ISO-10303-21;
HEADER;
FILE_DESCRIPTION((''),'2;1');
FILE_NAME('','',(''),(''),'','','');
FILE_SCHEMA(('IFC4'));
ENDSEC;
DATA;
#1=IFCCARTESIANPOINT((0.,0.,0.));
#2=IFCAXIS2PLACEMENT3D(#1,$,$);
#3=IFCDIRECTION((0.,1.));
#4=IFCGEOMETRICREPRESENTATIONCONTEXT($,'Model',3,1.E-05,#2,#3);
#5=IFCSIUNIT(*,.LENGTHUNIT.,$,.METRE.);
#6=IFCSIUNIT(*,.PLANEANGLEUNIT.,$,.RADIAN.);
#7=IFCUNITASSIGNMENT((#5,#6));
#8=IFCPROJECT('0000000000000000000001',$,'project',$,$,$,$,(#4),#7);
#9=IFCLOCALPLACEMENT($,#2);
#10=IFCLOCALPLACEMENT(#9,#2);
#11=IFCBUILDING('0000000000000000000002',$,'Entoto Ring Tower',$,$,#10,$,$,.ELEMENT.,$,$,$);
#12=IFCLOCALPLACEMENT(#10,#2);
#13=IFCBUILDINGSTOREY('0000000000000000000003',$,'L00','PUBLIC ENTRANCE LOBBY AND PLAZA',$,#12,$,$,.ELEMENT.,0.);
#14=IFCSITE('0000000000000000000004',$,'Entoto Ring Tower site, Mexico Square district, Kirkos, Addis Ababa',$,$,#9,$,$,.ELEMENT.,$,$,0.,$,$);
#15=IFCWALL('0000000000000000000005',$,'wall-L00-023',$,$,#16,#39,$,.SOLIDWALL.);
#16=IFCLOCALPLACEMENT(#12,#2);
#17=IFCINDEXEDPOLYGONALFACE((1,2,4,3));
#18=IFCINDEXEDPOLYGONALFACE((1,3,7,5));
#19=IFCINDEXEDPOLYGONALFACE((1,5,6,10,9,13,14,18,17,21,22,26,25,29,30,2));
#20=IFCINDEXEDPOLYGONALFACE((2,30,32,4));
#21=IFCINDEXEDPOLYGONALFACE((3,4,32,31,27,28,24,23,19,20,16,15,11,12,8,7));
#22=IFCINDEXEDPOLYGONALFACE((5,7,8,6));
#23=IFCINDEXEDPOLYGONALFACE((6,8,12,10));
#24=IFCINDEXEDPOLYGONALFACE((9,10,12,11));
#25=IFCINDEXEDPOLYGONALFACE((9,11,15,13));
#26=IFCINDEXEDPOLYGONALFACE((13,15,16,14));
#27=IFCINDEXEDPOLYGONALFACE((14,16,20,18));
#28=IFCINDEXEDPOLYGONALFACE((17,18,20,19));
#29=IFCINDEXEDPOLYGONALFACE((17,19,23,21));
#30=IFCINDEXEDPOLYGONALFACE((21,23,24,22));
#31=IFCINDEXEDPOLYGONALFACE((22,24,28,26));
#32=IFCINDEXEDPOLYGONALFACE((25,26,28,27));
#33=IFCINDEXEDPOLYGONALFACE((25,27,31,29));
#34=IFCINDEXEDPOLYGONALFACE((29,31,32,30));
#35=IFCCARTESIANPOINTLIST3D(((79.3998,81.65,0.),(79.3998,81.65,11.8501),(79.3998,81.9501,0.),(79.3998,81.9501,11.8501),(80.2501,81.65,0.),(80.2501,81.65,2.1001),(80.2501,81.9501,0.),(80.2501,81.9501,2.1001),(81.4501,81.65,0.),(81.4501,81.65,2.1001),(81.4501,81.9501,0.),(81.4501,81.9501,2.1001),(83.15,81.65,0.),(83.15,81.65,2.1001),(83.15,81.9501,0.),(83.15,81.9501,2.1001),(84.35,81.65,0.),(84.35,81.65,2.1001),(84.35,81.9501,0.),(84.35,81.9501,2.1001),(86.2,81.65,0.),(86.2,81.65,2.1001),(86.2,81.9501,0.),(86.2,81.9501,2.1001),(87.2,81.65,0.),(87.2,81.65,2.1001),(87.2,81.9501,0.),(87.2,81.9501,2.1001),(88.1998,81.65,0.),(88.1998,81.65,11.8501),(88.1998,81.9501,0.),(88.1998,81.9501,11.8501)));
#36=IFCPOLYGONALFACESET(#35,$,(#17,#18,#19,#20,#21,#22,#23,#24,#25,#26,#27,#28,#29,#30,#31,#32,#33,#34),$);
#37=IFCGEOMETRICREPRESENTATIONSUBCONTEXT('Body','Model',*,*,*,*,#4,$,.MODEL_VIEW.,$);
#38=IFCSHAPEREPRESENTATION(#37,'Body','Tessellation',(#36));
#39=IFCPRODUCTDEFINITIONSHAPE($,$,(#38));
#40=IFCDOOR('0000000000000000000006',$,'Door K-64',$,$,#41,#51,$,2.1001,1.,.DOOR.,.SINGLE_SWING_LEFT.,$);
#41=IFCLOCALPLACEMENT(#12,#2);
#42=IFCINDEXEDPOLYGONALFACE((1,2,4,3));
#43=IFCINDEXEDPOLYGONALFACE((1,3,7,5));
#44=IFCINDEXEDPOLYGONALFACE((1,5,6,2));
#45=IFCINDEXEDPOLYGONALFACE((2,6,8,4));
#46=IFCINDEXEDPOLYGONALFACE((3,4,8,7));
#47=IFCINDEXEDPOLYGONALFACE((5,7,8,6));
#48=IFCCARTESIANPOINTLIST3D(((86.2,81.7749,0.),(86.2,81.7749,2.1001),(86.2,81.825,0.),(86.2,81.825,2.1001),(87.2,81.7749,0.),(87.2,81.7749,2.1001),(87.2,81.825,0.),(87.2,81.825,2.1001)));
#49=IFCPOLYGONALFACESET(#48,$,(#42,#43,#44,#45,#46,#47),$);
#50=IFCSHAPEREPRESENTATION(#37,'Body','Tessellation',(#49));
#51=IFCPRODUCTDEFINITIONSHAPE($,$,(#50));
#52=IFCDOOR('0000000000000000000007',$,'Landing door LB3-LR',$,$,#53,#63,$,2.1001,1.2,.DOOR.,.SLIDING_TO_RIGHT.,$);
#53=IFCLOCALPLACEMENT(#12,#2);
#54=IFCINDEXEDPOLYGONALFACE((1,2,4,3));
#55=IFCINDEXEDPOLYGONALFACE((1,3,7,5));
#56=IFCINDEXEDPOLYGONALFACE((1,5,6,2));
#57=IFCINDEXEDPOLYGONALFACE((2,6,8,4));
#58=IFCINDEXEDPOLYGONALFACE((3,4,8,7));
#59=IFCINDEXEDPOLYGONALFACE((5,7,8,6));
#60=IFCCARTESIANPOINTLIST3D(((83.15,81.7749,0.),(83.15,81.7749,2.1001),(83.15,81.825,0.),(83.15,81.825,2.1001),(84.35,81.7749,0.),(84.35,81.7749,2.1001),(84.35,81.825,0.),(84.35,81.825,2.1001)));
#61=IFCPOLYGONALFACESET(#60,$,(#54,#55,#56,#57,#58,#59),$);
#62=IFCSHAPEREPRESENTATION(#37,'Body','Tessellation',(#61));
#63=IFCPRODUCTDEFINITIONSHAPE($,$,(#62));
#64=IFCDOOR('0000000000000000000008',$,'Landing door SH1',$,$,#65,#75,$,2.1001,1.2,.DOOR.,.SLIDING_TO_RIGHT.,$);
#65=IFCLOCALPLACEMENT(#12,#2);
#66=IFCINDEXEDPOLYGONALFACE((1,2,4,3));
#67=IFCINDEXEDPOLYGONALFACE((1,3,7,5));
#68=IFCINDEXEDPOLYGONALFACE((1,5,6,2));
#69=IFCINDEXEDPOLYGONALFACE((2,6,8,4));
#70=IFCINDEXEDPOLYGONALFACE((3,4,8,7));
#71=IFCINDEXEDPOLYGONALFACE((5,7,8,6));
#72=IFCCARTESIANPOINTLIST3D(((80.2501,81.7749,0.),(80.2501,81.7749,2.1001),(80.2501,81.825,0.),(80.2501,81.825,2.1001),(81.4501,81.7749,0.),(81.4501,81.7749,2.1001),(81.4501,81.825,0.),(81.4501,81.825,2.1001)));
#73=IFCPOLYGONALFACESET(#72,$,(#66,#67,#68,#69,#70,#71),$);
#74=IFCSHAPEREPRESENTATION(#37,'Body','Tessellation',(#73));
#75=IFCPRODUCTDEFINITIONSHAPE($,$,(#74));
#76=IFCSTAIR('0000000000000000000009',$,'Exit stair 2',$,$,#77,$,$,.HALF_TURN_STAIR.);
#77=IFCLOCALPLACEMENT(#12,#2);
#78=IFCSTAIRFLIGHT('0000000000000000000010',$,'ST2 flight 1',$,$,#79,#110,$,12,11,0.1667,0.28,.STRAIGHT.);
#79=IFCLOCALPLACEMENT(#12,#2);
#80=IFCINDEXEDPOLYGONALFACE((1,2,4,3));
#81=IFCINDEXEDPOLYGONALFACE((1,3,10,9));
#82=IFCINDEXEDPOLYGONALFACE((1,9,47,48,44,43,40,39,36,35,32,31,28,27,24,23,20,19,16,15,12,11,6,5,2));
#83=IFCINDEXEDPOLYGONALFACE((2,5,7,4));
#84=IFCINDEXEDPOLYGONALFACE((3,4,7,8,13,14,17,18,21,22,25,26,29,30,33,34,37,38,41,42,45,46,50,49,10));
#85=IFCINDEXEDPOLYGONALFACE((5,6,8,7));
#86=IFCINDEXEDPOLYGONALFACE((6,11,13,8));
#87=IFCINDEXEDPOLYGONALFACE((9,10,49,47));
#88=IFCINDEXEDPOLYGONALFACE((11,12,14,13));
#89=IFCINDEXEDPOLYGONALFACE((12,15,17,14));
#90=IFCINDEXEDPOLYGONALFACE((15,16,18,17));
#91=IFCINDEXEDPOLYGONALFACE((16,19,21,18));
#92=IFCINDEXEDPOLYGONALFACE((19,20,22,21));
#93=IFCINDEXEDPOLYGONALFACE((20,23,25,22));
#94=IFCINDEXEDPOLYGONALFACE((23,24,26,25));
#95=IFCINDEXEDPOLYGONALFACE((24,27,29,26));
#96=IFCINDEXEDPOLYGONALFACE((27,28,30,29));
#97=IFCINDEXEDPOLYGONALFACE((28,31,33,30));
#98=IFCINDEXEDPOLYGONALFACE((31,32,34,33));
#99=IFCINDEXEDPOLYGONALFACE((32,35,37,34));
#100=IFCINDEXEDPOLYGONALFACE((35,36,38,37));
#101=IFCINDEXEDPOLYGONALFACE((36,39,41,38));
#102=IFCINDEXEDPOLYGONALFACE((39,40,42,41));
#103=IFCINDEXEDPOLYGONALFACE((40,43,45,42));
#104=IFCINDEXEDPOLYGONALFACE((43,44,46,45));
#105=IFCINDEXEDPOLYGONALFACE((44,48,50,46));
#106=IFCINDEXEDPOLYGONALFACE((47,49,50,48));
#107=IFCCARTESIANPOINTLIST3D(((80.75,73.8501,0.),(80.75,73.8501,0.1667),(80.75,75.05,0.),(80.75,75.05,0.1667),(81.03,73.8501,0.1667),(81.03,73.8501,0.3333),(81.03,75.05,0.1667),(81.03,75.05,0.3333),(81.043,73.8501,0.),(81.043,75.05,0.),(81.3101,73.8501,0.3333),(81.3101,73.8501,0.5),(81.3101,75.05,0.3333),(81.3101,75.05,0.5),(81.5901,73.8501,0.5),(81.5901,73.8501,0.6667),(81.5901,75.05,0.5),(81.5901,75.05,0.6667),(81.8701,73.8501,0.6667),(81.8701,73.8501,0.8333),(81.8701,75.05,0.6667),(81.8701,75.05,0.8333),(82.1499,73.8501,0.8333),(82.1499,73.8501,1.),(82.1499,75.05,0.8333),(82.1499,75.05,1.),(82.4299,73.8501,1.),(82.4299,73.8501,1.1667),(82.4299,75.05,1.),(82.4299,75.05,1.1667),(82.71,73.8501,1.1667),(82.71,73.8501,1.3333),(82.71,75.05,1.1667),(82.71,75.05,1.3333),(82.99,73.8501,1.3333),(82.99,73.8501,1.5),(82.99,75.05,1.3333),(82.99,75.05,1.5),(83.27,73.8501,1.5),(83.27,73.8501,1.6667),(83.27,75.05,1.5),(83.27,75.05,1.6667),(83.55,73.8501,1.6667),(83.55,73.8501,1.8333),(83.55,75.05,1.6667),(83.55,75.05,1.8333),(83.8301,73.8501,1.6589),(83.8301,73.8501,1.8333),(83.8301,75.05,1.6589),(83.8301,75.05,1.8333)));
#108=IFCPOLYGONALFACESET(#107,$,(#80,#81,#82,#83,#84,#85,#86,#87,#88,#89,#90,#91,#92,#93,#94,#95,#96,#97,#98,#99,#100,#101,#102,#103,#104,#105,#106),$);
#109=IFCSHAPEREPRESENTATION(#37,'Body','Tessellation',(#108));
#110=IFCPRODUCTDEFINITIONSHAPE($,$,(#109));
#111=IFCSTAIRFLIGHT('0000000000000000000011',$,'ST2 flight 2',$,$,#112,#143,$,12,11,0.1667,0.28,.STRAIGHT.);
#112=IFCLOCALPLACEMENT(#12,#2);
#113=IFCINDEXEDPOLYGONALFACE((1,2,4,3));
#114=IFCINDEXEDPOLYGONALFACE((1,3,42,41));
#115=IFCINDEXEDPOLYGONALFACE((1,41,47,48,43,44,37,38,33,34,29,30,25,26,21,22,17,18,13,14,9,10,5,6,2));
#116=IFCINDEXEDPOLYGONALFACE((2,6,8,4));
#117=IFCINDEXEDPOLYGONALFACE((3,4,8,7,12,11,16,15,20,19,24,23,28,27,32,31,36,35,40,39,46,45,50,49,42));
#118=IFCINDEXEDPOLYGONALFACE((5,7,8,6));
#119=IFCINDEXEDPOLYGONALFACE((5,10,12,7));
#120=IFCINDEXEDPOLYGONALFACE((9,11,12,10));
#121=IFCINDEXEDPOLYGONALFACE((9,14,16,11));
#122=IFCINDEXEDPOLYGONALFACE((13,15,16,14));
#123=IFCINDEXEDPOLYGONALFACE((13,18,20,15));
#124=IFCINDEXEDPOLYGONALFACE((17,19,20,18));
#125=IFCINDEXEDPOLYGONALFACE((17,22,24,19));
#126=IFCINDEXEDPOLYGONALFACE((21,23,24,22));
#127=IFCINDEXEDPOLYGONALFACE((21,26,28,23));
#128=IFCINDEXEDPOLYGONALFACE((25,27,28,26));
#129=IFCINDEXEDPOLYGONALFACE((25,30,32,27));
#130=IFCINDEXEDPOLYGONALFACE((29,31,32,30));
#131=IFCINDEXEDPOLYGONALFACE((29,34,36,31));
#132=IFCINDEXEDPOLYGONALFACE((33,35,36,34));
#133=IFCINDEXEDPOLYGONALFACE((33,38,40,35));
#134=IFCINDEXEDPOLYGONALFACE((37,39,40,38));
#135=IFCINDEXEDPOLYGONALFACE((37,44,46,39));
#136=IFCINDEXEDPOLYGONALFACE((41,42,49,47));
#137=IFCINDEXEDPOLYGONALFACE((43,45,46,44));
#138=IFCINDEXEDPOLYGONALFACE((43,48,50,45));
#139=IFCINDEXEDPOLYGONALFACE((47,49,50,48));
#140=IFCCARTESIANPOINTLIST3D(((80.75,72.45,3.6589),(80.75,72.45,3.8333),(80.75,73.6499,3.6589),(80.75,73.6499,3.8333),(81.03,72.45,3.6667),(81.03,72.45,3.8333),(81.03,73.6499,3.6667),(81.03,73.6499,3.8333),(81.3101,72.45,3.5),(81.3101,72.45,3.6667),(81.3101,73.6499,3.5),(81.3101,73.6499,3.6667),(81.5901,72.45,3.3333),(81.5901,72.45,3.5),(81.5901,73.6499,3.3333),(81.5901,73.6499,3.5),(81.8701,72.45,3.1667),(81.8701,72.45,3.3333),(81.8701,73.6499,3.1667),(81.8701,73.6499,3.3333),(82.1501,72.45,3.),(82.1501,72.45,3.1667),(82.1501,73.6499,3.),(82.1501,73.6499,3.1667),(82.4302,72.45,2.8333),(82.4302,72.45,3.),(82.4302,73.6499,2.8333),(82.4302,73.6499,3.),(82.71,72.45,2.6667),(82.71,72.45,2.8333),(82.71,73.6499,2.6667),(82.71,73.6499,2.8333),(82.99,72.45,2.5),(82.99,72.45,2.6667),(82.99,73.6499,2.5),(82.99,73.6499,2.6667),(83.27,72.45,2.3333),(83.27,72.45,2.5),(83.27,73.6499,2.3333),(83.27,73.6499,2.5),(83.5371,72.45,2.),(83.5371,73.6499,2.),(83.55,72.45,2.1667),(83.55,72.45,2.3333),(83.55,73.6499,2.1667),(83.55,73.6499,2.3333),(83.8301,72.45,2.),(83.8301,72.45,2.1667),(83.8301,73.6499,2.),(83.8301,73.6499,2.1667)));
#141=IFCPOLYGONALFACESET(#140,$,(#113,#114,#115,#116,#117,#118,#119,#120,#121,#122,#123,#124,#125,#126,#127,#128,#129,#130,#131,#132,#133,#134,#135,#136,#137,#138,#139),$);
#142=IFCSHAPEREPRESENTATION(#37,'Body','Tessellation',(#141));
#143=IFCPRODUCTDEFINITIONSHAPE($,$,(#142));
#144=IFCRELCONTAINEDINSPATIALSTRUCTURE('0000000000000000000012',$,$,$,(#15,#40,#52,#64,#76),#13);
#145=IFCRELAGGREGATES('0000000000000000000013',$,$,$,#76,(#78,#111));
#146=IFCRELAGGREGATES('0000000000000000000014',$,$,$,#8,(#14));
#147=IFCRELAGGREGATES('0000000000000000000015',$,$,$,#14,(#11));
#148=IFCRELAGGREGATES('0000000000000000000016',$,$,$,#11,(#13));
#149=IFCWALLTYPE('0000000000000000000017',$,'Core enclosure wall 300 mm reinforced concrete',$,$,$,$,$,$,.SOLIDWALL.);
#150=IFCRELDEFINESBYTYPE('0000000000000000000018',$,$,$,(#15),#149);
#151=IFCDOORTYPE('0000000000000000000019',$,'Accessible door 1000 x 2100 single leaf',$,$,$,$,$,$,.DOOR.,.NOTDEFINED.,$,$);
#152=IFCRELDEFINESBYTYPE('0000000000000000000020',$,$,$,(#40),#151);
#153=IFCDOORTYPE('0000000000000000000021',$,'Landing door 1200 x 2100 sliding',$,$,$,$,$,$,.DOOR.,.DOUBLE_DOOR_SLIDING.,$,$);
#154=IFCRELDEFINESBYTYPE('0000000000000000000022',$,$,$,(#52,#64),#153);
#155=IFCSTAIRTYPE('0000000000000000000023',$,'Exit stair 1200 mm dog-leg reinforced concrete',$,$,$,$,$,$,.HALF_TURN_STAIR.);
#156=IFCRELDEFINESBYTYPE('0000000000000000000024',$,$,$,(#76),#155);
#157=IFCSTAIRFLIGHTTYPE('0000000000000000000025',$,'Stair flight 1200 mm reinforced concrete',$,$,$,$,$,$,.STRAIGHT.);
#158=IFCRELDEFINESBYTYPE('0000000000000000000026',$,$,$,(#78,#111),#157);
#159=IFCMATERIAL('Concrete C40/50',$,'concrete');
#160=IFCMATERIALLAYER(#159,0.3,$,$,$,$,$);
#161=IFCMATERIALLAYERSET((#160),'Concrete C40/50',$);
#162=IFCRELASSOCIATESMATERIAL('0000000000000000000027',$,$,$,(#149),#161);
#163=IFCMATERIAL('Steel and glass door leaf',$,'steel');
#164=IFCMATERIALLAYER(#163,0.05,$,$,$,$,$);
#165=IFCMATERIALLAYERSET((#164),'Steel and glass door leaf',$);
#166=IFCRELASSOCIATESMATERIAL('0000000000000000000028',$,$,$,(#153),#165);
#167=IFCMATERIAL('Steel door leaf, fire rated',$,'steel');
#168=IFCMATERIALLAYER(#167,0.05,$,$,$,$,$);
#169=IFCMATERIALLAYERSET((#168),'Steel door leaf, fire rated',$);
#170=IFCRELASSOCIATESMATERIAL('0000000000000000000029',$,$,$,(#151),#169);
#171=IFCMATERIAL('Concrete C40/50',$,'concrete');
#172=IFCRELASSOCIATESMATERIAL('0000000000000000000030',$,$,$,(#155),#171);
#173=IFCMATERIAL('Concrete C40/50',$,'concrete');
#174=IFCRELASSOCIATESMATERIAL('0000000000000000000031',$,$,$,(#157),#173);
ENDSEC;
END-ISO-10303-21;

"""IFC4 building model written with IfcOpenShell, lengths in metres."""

from ifc_helpers import new_model, si_unit, direction, frame, frame_2d, origin, place, context, subcontext, project, spatial, polyline, rectangle, outline, extrude, material, layer, layer_set, type_object, element, fill, aggregate, save


model = new_model("IFC4")

# Units and contexts
model_context = context("Model", 3, precision=1e-05, world=origin(), true_north=direction((0.0, 1.0)))
body_context = subcontext(model_context, "Body", "Model", "MODEL_VIEW")
ifc_project = project(units=[si_unit("LENGTHUNIT", "METRE"), si_unit("PLANEANGLEUNIT", "RADIAN")], contexts=[model_context])

# Site, building, storey
site_placement = place(None, origin())
site = spatial("IfcSite", under=ifc_project, at=site_placement, Name="Entoto Ring Tower site, Mexico Square district, Kirkos, Addis Ababa", CompositionType="ELEMENT", RefElevation=0.0)
building_placement = place(site_placement, origin())
building = spatial("IfcBuilding", under=site, at=building_placement, Name="Entoto Ring Tower", CompositionType="ELEMENT")
storey_placement = place(building_placement, origin())
storey = spatial("IfcBuildingStorey", under=building, at=storey_placement, Name="L00", Description="PUBLIC ENTRANCE LOBBY AND PLAZA", CompositionType="ELEMENT", Elevation=0.0)

# Shared definitions
ifc_material_1 = material(Name="Concrete C40/50", Category="concrete")
ifc_layer_1 = layer(ifc_material_1, 0.3)
ifc_layer_set_1 = layer_set([ifc_layer_1], Name="Concrete C40/50")
wall_type = type_object("IfcWallType", Name="Core enclosure wall 300 mm reinforced concrete", PredefinedType="SOLIDWALL", material=ifc_layer_set_1)

# Wall, openings, doors
ifc_material_2 = material(Name="Steel and glass door leaf", Category="steel")
ifc_layer_2 = layer(ifc_material_2, 0.05)
ifc_layer_set_2 = layer_set([ifc_layer_2], Name="Steel and glass door leaf")
door_type_1 = type_object("IfcDoorType", Name="Landing door 1200 x 2100 sliding", OperationType="DOUBLE_DOOR_SLIDING", PredefinedType="DOOR", material=ifc_layer_set_2)
wall_1_placement = place(storey_placement, frame((79.3999, 81.8, 0.0), z_axis=(0.0, 0.0, 1.0), x_axis=(1.0, 0.0, 0.0)))
wall_1 = element("IfcWall", 1, at=wall_1_placement, inside=storey, type_object=wall_type, Name="wall-L00-023", PredefinedType="SOLIDWALL", context=body_context, shape_type="SweptSolid", body=[
    extrude(rectangle(XDim=8.8, YDim=0.3, at=frame_2d((4.3999, 0.0))), origin(), (0.0, 0.0, 1.0), 11.8501),
])
opening_1_placement = place(wall_1_placement, frame((3.75, 0.0, 0.0)))
opening_1 = element("IfcOpeningElement", 2, at=opening_1_placement, cuts=wall_1, PredefinedType="OPENING", context=body_context, shape_type="SweptSolid", body=[
    extrude(rectangle(XDim=1.2, YDim=2.1001, at=frame_2d((0.6001, 1.05))), frame((0.0, 0.1602, 0.0), z_axis=(0.0, -1.0, 0.0), x_axis=(1.0, 0.0, 0.0)), (0.0, 0.0, 1.0), 0.3201),
])
opening_2_placement = place(wall_1_placement, frame((0.8501, 0.0, 0.0)))
opening_2 = element("IfcOpeningElement", 3, at=opening_2_placement, cuts=wall_1, PredefinedType="OPENING", context=body_context, shape_type="SweptSolid", body=[
    extrude(rectangle(XDim=1.2, YDim=2.1001, at=frame_2d((0.6001, 1.05))), frame((0.0, 0.1602, 0.0), z_axis=(0.0, -1.0, 0.0), x_axis=(1.0, 0.0, 0.0)), (0.0, 0.0, 1.0), 0.3201),
])
opening_3_placement = place(wall_1_placement, frame((6.8, 0.0, 0.0)))
opening_3 = element("IfcOpeningElement", 4, at=opening_3_placement, cuts=wall_1, PredefinedType="OPENING", context=body_context, shape_type="SweptSolid", body=[
    extrude(rectangle(XDim=1.0, YDim=2.1001, at=frame_2d((0.5, 1.05))), frame((0.0, 0.1602, 0.0), z_axis=(0.0, -1.0, 0.0), x_axis=(1.0, 0.0, 0.0)), (0.0, 0.0, 1.0), 0.3201),
])
ifc_material_3 = material(Name="Steel door leaf, fire rated", Category="steel")
ifc_layer_3 = layer(ifc_material_3, 0.05)
ifc_layer_set_3 = layer_set([ifc_layer_3], Name="Steel door leaf, fire rated")
door_type_2 = type_object("IfcDoorType", Name="Accessible door 1000 x 2100 single leaf", OperationType="NOTDEFINED", PredefinedType="DOOR", material=ifc_layer_set_3)
door_1_placement = place(opening_3_placement, origin())
door_1 = element("IfcDoor", 5, at=door_1_placement, inside=storey, type_object=door_type_2, Name="Door K-64", OperationType="SINGLE_SWING_LEFT", OverallHeight=2.1001, OverallWidth=1.0, PredefinedType="DOOR", context=body_context, shape_type="SweptSolid", body=[
    extrude(rectangle(XDim=1.0, YDim=2.1001, at=frame_2d((0.5, 1.05))), frame((0.0, 0.0249, 0.0), z_axis=(0.0, -1.0, 0.0), x_axis=(1.0, 0.0, 0.0)), (0.0, 0.0, 1.0), 0.05),
])
fill(opening_3, door_1)
door_2_placement = place(opening_1_placement, origin())
door_2 = element("IfcDoor", 6, at=door_2_placement, inside=storey, type_object=door_type_1, Name="Landing door LB3-LR", OperationType="SLIDING_TO_RIGHT", OverallHeight=2.1001, OverallWidth=1.2, PredefinedType="DOOR", context=body_context, shape_type="SweptSolid", body=[
    extrude(rectangle(XDim=1.2, YDim=2.1001, at=frame_2d((0.6001, 1.05))), frame((0.0, 0.0249, 0.0), z_axis=(0.0, -1.0, 0.0), x_axis=(1.0, 0.0, 0.0)), (0.0, 0.0, 1.0), 0.05),
])
fill(opening_1, door_2)
door_3_placement = place(opening_2_placement, origin())
door_3 = element("IfcDoor", 7, at=door_3_placement, inside=storey, type_object=door_type_1, Name="Landing door SH1", OperationType="SLIDING_TO_RIGHT", OverallHeight=2.1001, OverallWidth=1.2, PredefinedType="DOOR", context=body_context, shape_type="SweptSolid", body=[
    extrude(rectangle(XDim=1.2, YDim=2.1001, at=frame_2d((0.6001, 1.05))), frame((0.0, 0.0249, 0.0), z_axis=(0.0, -1.0, 0.0), x_axis=(1.0, 0.0, 0.0)), (0.0, 0.0, 1.0), 0.05),
])
fill(opening_2, door_3)

# Stair, stair flights
ifc_material_4 = material(Name="Concrete C40/50", Category="concrete")
stair_type = type_object("IfcStairType", Name="Exit stair 1200 mm dog-leg reinforced concrete", PredefinedType="HALF_TURN_STAIR", material=ifc_material_4)
stair_placement = place(storey_placement, origin())
stair = element("IfcStair", 8, at=stair_placement, inside=storey, type_object=stair_type, Name="Exit stair 2", PredefinedType="HALF_TURN_STAIR")
ifc_material_5 = material(Name="Concrete C40/50", Category="concrete")
stair_flight_type = type_object("IfcStairFlightType", Name="Stair flight 1200 mm reinforced concrete", PredefinedType="STRAIGHT", material=ifc_material_5)
stair_flight_1_placement = place(storey_placement, frame((80.75, 74.45, 0.0), z_axis=(0.0, 0.0, 1.0), x_axis=(1.0, 0.0, 0.0)))
stair_flight_1 = element("IfcStairFlight", 9, at=stair_flight_1_placement, type_object=stair_flight_type, Name="ST2 flight 1", NumberOfRisers=12, NumberOfTreads=11, PredefinedType="STRAIGHT", RiserHeight=0.1667, TreadLength=0.28, context=body_context, shape_type="SweptSolid", body=[
    extrude(outline(polyline([(0.0, 0.0), (0.0, 0.1667), (0.28, 0.1667), (0.28, 0.3333), (0.5601, 0.3333), (0.5601, 0.5), (0.8401, 0.5), (0.8401, 0.6667), (1.1201, 0.6667), (1.1201, 0.8333), (1.3999, 0.8333), (1.3999, 1.0), (1.6799, 1.0), (1.6799, 1.1667), (1.96, 1.1667), (1.96, 1.3333), (2.24, 1.3333), (2.24, 1.5), (2.52, 1.5), (2.52, 1.6667), (2.8, 1.6667), (2.8, 1.8333), (3.0801, 1.8333), (3.0801, 2.0), (3.0801, 1.6589), (0.293, 0.0), (0.0, 0.0)])), frame((0.0, 0.6001, 0.0), z_axis=(0.0, -1.0, 0.0), x_axis=(1.0, 0.0, 0.0)), (0.0, 0.0, 1.0), 1.2),
])
stair_flight_2_placement = place(storey_placement, frame((83.8301, 73.05, 2.0), z_axis=(0.0, 0.0, 1.0), x_axis=(-1.0, 0.0, 0.0)))
stair_flight_2 = element("IfcStairFlight", 10, at=stair_flight_2_placement, type_object=stair_flight_type, Name="ST2 flight 2", NumberOfRisers=12, NumberOfTreads=11, PredefinedType="STRAIGHT", RiserHeight=0.1667, TreadLength=0.28, context=body_context, shape_type="SweptSolid", body=[
    extrude(outline(polyline([(0.0, 0.0), (0.0, 0.1667), (0.28, 0.1667), (0.28, 0.3333), (0.5601, 0.3333), (0.5601, 0.5), (0.8401, 0.5), (0.8401, 0.6667), (1.1201, 0.6667), (1.1201, 0.8333), (1.3999, 0.8333), (1.3999, 1.0), (1.6799, 1.0), (1.6799, 1.1667), (1.96, 1.1667), (1.96, 1.3333), (2.24, 1.3333), (2.24, 1.5), (2.52, 1.5), (2.52, 1.6667), (2.8, 1.6667), (2.8, 1.8333), (3.0801, 1.8333), (3.0801, 2.0), (3.0801, 1.6589), (0.293, 0.0), (0.0, 0.0)])), frame((0.0, 0.6001, 0.0), z_axis=(0.0, -1.0, 0.0), x_axis=(1.0, 0.0, 0.0)), (0.0, 0.0, 1.0), 1.2),
])
aggregate(stair, [stair_flight_1, stair_flight_2])

save(model, "model.ifc")
